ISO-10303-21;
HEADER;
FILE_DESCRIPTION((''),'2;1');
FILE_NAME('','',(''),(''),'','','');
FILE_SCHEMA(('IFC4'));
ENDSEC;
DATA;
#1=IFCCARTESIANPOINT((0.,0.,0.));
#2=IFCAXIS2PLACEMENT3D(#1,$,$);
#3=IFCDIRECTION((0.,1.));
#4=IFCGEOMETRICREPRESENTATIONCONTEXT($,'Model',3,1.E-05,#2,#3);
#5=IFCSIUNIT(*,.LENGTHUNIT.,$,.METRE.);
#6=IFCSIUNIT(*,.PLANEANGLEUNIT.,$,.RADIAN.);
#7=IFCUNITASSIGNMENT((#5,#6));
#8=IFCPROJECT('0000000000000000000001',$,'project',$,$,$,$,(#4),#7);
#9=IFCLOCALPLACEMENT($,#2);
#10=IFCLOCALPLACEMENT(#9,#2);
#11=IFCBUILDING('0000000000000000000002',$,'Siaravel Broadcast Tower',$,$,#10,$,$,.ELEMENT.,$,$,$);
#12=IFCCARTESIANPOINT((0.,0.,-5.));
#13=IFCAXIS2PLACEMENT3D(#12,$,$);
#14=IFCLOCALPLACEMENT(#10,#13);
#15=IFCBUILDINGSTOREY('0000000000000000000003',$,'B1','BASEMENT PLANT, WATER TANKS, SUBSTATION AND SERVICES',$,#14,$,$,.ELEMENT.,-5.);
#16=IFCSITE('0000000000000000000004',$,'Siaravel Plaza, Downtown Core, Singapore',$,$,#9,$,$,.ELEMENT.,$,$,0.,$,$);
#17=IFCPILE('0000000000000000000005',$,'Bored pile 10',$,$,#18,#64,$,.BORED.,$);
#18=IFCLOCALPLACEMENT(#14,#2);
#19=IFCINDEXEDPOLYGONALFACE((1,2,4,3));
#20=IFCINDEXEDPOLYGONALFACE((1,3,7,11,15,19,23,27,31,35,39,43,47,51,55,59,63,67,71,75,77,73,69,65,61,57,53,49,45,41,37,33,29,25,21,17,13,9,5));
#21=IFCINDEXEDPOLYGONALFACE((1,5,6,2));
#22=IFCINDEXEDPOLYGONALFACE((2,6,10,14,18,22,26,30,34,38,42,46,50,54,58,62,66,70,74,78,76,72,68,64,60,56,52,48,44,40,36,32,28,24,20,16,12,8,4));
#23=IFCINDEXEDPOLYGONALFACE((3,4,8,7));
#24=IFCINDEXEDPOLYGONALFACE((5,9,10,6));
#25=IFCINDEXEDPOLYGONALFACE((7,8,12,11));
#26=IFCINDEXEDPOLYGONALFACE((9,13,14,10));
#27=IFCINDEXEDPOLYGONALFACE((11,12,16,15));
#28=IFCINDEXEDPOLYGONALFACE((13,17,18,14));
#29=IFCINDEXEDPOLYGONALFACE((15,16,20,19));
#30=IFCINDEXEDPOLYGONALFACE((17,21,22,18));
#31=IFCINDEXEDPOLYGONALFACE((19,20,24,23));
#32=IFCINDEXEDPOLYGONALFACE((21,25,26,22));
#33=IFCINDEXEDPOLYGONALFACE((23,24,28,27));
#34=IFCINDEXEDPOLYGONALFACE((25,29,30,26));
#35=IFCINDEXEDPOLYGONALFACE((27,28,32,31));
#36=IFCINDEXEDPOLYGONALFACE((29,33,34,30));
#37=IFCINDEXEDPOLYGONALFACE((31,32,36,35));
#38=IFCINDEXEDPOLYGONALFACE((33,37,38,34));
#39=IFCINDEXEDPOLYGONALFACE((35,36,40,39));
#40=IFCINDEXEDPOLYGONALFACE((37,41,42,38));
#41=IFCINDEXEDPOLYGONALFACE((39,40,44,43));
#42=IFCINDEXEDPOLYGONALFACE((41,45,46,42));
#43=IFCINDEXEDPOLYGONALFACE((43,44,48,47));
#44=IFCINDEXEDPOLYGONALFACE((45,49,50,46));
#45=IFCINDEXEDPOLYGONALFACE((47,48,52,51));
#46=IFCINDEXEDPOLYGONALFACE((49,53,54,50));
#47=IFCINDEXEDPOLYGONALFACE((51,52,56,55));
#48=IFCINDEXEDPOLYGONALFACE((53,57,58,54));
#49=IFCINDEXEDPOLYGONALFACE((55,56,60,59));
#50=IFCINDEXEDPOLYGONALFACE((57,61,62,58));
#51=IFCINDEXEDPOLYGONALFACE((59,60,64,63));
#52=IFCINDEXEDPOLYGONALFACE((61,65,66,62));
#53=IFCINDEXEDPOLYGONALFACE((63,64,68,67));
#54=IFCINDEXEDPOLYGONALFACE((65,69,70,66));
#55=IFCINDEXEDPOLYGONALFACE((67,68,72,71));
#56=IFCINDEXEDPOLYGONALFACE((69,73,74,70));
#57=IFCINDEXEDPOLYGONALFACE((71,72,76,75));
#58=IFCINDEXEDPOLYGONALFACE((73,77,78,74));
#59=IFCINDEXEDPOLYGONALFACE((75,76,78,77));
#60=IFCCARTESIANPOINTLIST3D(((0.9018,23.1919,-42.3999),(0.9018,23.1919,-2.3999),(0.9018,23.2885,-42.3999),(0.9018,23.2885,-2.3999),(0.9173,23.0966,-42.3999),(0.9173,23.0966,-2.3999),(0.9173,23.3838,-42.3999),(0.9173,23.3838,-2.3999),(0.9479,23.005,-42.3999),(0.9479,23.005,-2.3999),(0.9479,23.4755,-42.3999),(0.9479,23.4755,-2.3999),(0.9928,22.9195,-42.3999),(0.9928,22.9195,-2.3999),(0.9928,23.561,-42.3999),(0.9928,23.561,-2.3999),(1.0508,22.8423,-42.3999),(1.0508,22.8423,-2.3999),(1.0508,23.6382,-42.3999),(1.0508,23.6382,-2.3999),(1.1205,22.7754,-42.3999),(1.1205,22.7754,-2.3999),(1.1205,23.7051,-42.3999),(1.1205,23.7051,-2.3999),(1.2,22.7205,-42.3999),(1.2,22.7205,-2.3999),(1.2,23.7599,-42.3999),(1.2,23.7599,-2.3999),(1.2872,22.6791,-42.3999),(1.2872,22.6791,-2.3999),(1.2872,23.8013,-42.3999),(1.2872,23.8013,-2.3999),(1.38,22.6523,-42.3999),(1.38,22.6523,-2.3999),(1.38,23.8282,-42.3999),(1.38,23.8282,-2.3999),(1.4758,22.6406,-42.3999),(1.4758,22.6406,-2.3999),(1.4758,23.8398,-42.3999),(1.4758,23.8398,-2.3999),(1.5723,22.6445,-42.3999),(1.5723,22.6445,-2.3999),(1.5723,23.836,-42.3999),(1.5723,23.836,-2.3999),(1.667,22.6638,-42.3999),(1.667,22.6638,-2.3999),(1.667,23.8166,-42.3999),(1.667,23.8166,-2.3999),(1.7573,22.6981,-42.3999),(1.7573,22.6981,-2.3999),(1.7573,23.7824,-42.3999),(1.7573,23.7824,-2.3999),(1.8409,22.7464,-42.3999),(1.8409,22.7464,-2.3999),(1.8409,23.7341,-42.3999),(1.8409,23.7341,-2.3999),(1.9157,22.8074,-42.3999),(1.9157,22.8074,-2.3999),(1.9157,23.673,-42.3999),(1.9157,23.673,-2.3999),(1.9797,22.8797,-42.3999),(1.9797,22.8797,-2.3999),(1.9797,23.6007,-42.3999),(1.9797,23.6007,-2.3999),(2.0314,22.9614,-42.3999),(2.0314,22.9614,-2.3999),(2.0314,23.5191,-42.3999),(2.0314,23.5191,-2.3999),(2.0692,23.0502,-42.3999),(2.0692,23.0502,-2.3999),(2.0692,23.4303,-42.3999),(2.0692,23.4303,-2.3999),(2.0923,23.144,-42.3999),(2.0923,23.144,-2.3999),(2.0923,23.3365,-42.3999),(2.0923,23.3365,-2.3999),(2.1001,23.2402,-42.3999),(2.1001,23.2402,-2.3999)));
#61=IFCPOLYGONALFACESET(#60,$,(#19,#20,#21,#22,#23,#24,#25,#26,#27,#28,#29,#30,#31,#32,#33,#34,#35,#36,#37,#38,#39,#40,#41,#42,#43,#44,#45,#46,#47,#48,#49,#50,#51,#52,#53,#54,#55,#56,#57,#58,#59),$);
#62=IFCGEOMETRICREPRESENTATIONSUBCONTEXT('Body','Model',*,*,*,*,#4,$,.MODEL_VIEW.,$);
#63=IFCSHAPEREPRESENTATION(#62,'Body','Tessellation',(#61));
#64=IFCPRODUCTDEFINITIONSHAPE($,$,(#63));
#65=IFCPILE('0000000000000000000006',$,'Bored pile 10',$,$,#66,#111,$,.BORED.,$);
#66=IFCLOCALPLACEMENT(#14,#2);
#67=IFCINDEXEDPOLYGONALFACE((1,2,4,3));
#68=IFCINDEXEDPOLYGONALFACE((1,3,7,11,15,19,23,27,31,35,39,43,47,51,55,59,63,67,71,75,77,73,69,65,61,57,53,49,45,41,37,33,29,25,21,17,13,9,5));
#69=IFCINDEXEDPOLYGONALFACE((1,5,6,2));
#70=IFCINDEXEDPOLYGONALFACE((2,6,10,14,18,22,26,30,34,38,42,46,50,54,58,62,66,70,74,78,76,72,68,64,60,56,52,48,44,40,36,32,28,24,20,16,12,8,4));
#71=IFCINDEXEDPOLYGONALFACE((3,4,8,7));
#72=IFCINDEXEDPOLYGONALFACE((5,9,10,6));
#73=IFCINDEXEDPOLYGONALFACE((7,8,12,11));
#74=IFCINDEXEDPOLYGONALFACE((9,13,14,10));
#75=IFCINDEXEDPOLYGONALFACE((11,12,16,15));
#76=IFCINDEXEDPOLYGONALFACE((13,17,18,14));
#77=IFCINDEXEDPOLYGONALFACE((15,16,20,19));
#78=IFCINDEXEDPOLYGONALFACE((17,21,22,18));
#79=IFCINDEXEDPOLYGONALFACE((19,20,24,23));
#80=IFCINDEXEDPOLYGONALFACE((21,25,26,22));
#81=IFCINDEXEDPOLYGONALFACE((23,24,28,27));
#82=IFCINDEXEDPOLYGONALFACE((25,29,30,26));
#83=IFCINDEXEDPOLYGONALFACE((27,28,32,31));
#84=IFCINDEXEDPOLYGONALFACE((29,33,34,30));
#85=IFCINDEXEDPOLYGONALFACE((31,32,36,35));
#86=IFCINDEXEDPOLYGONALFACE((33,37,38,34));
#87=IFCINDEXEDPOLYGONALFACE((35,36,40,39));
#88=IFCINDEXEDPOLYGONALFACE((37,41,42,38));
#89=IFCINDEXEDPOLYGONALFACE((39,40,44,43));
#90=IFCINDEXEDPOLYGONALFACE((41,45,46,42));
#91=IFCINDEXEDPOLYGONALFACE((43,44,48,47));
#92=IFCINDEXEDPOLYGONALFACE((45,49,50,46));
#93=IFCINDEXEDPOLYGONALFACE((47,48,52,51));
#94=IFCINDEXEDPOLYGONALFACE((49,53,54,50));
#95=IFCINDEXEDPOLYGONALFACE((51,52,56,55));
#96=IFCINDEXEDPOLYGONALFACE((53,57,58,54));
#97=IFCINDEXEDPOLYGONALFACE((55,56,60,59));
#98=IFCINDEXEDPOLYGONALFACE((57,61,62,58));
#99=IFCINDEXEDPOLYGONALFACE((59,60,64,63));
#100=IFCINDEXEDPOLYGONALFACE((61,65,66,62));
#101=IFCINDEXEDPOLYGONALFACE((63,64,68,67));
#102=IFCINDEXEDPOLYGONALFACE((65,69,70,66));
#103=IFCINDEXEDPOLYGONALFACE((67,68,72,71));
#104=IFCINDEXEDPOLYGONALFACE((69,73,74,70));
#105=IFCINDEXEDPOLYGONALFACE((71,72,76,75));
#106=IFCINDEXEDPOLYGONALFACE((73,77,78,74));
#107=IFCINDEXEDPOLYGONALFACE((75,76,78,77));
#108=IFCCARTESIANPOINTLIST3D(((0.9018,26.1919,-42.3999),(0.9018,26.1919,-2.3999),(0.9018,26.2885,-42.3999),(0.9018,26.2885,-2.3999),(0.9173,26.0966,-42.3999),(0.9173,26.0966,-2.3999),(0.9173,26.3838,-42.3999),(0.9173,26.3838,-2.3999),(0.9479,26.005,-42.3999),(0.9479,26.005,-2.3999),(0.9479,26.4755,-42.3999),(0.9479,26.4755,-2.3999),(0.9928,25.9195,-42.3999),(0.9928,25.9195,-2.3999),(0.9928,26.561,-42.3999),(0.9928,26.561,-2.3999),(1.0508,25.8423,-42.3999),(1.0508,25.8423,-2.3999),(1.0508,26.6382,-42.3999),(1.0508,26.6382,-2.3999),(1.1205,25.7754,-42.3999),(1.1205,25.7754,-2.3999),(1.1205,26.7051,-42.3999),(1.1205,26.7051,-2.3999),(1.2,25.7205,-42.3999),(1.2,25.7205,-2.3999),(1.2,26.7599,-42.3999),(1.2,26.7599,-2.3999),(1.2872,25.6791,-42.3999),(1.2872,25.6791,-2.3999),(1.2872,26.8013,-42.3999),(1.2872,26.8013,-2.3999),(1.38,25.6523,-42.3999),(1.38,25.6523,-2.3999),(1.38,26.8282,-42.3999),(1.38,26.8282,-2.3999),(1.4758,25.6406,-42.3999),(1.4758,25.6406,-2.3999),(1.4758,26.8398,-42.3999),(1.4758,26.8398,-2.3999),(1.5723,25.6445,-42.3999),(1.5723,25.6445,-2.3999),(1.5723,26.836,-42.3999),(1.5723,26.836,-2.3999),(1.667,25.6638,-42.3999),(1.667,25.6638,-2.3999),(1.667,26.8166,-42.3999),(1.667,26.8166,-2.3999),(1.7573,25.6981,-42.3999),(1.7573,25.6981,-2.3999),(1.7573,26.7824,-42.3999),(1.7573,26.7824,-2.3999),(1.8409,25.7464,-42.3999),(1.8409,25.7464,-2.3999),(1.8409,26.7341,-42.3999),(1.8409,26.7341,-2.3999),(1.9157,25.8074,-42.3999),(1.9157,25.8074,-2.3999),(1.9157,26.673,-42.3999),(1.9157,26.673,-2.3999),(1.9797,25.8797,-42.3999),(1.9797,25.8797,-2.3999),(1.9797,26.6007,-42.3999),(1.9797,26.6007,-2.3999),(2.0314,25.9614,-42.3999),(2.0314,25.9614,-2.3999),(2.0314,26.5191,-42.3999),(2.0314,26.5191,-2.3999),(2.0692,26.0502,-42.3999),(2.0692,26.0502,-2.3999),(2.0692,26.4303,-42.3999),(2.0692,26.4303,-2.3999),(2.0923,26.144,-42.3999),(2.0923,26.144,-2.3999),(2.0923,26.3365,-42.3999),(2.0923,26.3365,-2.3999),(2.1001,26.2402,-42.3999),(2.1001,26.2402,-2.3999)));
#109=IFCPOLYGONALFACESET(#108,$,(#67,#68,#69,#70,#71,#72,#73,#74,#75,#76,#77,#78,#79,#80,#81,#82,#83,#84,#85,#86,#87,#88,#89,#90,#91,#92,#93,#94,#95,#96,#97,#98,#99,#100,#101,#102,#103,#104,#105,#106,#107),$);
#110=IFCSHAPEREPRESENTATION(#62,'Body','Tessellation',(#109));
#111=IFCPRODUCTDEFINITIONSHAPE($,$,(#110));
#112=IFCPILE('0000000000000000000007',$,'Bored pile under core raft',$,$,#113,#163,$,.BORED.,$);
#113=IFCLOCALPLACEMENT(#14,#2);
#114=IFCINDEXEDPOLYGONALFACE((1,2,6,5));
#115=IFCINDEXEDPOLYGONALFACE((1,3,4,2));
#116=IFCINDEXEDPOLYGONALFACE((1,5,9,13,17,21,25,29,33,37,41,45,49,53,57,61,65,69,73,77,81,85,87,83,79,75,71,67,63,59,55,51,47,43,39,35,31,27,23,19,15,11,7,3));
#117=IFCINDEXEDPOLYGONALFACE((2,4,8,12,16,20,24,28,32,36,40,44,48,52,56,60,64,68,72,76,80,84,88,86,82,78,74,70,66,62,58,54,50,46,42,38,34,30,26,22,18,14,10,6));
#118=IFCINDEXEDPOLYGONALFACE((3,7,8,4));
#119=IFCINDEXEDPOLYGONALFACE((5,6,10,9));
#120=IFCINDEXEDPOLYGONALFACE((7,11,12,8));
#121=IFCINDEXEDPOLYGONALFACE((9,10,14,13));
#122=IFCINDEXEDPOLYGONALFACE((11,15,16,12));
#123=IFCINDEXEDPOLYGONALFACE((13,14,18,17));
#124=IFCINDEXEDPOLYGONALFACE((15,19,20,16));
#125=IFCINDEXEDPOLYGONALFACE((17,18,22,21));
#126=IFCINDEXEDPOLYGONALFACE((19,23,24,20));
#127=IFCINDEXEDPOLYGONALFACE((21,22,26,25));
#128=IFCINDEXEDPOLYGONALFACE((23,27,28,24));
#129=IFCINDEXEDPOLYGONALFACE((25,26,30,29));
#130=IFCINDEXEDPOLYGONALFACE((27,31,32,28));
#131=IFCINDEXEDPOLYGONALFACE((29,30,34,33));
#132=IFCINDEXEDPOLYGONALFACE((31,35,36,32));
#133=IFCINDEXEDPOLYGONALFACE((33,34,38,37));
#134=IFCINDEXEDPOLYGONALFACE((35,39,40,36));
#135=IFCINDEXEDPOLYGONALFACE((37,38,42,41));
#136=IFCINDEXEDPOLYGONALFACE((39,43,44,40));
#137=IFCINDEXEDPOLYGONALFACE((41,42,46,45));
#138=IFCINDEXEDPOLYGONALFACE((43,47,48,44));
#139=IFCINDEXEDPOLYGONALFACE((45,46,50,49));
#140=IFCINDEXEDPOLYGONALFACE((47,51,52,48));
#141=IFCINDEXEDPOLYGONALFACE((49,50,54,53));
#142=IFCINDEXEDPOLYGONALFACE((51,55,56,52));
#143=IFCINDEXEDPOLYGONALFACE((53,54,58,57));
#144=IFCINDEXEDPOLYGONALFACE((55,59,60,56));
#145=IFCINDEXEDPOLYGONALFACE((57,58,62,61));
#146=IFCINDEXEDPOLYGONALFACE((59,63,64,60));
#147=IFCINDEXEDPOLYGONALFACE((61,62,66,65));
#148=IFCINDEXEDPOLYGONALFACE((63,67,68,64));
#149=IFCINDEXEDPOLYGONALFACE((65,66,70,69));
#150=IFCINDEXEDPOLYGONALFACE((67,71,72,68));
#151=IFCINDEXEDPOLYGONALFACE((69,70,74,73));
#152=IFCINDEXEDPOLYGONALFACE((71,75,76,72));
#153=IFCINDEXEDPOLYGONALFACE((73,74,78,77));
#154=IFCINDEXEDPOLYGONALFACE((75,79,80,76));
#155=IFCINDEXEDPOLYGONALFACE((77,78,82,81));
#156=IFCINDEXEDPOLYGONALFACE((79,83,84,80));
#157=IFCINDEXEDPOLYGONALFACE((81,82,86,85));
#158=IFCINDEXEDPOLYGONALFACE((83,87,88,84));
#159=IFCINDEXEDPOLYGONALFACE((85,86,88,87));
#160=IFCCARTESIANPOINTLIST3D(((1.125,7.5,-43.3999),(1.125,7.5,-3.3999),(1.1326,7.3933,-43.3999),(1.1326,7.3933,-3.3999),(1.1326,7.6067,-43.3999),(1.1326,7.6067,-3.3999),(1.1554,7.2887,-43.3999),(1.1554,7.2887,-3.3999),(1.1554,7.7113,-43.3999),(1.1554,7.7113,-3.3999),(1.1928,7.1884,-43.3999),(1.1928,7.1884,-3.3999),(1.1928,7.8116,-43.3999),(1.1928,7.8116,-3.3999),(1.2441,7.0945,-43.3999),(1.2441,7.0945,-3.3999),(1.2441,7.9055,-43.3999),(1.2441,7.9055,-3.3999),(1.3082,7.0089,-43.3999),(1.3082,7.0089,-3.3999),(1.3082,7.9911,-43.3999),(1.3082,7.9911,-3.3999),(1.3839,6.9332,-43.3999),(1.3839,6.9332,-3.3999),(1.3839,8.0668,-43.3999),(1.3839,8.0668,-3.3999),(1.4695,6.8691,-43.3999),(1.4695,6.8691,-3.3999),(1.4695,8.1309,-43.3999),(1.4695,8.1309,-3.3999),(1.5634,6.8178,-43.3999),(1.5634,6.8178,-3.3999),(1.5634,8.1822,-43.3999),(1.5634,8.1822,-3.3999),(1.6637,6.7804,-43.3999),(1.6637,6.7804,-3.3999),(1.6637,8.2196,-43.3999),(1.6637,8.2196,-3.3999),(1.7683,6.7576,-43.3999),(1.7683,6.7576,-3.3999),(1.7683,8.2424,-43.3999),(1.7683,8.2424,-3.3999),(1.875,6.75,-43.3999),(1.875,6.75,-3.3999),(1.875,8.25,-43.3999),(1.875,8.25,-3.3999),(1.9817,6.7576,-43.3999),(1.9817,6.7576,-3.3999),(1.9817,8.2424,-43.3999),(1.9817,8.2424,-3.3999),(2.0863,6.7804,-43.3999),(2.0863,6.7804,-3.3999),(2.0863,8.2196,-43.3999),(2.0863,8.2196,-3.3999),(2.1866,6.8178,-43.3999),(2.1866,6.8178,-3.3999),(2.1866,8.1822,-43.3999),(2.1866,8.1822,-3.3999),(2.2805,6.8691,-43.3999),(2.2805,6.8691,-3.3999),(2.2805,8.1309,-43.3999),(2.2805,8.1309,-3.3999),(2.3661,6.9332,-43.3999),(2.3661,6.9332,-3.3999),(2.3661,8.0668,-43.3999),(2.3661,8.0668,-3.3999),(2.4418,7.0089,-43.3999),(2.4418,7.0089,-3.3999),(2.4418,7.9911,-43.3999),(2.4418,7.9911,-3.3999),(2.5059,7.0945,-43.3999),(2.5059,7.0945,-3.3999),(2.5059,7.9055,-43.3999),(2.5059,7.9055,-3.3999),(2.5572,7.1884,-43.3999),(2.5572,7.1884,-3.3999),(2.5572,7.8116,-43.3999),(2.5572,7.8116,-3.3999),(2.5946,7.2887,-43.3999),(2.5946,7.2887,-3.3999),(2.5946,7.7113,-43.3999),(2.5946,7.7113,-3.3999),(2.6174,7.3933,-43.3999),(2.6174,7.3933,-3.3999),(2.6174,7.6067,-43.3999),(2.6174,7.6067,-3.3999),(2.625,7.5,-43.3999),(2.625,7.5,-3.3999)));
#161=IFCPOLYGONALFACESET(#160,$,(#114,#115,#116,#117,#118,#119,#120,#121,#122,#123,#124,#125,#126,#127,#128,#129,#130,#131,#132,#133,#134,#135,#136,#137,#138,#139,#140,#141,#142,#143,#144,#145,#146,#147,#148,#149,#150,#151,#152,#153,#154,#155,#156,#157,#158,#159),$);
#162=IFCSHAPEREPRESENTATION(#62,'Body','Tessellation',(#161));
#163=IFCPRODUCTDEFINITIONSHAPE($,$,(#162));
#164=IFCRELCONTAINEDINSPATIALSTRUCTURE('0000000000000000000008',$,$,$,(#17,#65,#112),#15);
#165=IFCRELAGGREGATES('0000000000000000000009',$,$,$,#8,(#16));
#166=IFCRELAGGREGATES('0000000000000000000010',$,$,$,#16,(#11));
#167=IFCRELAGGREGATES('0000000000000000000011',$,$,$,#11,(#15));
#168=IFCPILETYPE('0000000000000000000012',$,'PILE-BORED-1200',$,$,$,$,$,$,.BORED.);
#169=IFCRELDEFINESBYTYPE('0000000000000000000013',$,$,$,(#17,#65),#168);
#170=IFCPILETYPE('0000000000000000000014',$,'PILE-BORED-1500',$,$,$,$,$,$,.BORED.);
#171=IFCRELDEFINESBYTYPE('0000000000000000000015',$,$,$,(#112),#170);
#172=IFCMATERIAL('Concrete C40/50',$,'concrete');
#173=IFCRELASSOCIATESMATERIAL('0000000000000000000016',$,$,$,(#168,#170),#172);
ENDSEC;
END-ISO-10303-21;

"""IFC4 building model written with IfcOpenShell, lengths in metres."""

from ifc_helpers import new_model, si_unit, direction, frame, origin, origin_2d, place, context, subcontext, project, spatial, circle, extrude, material, material_profile, profile_set, type_object, element, save


model = new_model("IFC4")

# Units and contexts
model_context = context("Model", 3, precision=1e-05, world=origin(), true_north=direction((0.0, 1.0)))
body_context = subcontext(model_context, "Body", "Model", "MODEL_VIEW")
ifc_project = project(units=[si_unit("LENGTHUNIT", "METRE"), si_unit("PLANEANGLEUNIT", "RADIAN")], contexts=[model_context])

# Site, building, storey
site_placement = place(None, origin())
site = spatial("IfcSite", under=ifc_project, at=site_placement, Name="Siaravel Plaza, Downtown Core, Singapore", CompositionType="ELEMENT", RefElevation=0.0)
building_placement = place(site_placement, origin())
building = spatial("IfcBuilding", under=site, at=building_placement, Name="Siaravel Broadcast Tower", CompositionType="ELEMENT")
storey_placement = place(building_placement, frame((0.0, 0.0, -5.0)))
storey = spatial("IfcBuildingStorey", under=building, at=storey_placement, Name="B1", Description="BASEMENT PLANT, WATER TANKS, SUBSTATION AND SERVICES", CompositionType="ELEMENT", Elevation=-5.0)

# Shared definitions
ifc_material_1 = material(Name="Concrete C40/50", Category="concrete")

# Piles
ifc_material_profile_1 = material_profile(ifc_material_1, circle(Radius=0.6001, at=origin_2d()))
ifc_profile_set_1 = profile_set([ifc_material_profile_1], Name="Concrete C40/50")
pile_type_1 = type_object("IfcPileType", Name="PILE-BORED-1200", PredefinedType="BORED", material=ifc_profile_set_1)
for number, where, z_axis, x_axis, name in (
    (1, (1.5, 23.2402, -2.3999), (0.0, 0.0, -1.0), (1.0, 0.0, 0.0), "Bored pile 10"),
    (2, (1.5, 26.2402, -2.3999), (0.0, 0.0, -1.0), (1.0, 0.0, 0.0), "Bored pile 10"),
):
    element("IfcPile", number, at=place(storey_placement, frame(where, z_axis=z_axis, x_axis=x_axis)), inside=storey, type_object=pile_type_1, Name=name, PredefinedType="BORED", context=body_context, shape_type="SweptSolid", body=[
        extrude(circle(Radius=0.6001, at=origin_2d()), origin(), (0.0, 0.0, 1.0), 40.0),
    ])
ifc_material_profile_2 = material_profile(ifc_material_1, circle(Radius=0.75, at=origin_2d()))
ifc_profile_set_2 = profile_set([ifc_material_profile_2], Name="Concrete C40/50")
pile_type_2 = type_object("IfcPileType", Name="PILE-BORED-1500", PredefinedType="BORED", material=ifc_profile_set_2)
for number, where, z_axis, x_axis, name in (
    (3, (1.875, 7.5, -3.3999), (0.0, 0.0, -1.0), (1.0, 0.0, 0.0), "Bored pile under core raft"),
):
    element("IfcPile", number, at=place(storey_placement, frame(where, z_axis=z_axis, x_axis=x_axis)), inside=storey, type_object=pile_type_2, Name=name, PredefinedType="BORED", context=body_context, shape_type="SweptSolid", body=[
        extrude(circle(Radius=0.75, at=origin_2d()), origin(), (0.0, 0.0, 1.0), 40.0),
    ])

save(model, "model.ifc")
